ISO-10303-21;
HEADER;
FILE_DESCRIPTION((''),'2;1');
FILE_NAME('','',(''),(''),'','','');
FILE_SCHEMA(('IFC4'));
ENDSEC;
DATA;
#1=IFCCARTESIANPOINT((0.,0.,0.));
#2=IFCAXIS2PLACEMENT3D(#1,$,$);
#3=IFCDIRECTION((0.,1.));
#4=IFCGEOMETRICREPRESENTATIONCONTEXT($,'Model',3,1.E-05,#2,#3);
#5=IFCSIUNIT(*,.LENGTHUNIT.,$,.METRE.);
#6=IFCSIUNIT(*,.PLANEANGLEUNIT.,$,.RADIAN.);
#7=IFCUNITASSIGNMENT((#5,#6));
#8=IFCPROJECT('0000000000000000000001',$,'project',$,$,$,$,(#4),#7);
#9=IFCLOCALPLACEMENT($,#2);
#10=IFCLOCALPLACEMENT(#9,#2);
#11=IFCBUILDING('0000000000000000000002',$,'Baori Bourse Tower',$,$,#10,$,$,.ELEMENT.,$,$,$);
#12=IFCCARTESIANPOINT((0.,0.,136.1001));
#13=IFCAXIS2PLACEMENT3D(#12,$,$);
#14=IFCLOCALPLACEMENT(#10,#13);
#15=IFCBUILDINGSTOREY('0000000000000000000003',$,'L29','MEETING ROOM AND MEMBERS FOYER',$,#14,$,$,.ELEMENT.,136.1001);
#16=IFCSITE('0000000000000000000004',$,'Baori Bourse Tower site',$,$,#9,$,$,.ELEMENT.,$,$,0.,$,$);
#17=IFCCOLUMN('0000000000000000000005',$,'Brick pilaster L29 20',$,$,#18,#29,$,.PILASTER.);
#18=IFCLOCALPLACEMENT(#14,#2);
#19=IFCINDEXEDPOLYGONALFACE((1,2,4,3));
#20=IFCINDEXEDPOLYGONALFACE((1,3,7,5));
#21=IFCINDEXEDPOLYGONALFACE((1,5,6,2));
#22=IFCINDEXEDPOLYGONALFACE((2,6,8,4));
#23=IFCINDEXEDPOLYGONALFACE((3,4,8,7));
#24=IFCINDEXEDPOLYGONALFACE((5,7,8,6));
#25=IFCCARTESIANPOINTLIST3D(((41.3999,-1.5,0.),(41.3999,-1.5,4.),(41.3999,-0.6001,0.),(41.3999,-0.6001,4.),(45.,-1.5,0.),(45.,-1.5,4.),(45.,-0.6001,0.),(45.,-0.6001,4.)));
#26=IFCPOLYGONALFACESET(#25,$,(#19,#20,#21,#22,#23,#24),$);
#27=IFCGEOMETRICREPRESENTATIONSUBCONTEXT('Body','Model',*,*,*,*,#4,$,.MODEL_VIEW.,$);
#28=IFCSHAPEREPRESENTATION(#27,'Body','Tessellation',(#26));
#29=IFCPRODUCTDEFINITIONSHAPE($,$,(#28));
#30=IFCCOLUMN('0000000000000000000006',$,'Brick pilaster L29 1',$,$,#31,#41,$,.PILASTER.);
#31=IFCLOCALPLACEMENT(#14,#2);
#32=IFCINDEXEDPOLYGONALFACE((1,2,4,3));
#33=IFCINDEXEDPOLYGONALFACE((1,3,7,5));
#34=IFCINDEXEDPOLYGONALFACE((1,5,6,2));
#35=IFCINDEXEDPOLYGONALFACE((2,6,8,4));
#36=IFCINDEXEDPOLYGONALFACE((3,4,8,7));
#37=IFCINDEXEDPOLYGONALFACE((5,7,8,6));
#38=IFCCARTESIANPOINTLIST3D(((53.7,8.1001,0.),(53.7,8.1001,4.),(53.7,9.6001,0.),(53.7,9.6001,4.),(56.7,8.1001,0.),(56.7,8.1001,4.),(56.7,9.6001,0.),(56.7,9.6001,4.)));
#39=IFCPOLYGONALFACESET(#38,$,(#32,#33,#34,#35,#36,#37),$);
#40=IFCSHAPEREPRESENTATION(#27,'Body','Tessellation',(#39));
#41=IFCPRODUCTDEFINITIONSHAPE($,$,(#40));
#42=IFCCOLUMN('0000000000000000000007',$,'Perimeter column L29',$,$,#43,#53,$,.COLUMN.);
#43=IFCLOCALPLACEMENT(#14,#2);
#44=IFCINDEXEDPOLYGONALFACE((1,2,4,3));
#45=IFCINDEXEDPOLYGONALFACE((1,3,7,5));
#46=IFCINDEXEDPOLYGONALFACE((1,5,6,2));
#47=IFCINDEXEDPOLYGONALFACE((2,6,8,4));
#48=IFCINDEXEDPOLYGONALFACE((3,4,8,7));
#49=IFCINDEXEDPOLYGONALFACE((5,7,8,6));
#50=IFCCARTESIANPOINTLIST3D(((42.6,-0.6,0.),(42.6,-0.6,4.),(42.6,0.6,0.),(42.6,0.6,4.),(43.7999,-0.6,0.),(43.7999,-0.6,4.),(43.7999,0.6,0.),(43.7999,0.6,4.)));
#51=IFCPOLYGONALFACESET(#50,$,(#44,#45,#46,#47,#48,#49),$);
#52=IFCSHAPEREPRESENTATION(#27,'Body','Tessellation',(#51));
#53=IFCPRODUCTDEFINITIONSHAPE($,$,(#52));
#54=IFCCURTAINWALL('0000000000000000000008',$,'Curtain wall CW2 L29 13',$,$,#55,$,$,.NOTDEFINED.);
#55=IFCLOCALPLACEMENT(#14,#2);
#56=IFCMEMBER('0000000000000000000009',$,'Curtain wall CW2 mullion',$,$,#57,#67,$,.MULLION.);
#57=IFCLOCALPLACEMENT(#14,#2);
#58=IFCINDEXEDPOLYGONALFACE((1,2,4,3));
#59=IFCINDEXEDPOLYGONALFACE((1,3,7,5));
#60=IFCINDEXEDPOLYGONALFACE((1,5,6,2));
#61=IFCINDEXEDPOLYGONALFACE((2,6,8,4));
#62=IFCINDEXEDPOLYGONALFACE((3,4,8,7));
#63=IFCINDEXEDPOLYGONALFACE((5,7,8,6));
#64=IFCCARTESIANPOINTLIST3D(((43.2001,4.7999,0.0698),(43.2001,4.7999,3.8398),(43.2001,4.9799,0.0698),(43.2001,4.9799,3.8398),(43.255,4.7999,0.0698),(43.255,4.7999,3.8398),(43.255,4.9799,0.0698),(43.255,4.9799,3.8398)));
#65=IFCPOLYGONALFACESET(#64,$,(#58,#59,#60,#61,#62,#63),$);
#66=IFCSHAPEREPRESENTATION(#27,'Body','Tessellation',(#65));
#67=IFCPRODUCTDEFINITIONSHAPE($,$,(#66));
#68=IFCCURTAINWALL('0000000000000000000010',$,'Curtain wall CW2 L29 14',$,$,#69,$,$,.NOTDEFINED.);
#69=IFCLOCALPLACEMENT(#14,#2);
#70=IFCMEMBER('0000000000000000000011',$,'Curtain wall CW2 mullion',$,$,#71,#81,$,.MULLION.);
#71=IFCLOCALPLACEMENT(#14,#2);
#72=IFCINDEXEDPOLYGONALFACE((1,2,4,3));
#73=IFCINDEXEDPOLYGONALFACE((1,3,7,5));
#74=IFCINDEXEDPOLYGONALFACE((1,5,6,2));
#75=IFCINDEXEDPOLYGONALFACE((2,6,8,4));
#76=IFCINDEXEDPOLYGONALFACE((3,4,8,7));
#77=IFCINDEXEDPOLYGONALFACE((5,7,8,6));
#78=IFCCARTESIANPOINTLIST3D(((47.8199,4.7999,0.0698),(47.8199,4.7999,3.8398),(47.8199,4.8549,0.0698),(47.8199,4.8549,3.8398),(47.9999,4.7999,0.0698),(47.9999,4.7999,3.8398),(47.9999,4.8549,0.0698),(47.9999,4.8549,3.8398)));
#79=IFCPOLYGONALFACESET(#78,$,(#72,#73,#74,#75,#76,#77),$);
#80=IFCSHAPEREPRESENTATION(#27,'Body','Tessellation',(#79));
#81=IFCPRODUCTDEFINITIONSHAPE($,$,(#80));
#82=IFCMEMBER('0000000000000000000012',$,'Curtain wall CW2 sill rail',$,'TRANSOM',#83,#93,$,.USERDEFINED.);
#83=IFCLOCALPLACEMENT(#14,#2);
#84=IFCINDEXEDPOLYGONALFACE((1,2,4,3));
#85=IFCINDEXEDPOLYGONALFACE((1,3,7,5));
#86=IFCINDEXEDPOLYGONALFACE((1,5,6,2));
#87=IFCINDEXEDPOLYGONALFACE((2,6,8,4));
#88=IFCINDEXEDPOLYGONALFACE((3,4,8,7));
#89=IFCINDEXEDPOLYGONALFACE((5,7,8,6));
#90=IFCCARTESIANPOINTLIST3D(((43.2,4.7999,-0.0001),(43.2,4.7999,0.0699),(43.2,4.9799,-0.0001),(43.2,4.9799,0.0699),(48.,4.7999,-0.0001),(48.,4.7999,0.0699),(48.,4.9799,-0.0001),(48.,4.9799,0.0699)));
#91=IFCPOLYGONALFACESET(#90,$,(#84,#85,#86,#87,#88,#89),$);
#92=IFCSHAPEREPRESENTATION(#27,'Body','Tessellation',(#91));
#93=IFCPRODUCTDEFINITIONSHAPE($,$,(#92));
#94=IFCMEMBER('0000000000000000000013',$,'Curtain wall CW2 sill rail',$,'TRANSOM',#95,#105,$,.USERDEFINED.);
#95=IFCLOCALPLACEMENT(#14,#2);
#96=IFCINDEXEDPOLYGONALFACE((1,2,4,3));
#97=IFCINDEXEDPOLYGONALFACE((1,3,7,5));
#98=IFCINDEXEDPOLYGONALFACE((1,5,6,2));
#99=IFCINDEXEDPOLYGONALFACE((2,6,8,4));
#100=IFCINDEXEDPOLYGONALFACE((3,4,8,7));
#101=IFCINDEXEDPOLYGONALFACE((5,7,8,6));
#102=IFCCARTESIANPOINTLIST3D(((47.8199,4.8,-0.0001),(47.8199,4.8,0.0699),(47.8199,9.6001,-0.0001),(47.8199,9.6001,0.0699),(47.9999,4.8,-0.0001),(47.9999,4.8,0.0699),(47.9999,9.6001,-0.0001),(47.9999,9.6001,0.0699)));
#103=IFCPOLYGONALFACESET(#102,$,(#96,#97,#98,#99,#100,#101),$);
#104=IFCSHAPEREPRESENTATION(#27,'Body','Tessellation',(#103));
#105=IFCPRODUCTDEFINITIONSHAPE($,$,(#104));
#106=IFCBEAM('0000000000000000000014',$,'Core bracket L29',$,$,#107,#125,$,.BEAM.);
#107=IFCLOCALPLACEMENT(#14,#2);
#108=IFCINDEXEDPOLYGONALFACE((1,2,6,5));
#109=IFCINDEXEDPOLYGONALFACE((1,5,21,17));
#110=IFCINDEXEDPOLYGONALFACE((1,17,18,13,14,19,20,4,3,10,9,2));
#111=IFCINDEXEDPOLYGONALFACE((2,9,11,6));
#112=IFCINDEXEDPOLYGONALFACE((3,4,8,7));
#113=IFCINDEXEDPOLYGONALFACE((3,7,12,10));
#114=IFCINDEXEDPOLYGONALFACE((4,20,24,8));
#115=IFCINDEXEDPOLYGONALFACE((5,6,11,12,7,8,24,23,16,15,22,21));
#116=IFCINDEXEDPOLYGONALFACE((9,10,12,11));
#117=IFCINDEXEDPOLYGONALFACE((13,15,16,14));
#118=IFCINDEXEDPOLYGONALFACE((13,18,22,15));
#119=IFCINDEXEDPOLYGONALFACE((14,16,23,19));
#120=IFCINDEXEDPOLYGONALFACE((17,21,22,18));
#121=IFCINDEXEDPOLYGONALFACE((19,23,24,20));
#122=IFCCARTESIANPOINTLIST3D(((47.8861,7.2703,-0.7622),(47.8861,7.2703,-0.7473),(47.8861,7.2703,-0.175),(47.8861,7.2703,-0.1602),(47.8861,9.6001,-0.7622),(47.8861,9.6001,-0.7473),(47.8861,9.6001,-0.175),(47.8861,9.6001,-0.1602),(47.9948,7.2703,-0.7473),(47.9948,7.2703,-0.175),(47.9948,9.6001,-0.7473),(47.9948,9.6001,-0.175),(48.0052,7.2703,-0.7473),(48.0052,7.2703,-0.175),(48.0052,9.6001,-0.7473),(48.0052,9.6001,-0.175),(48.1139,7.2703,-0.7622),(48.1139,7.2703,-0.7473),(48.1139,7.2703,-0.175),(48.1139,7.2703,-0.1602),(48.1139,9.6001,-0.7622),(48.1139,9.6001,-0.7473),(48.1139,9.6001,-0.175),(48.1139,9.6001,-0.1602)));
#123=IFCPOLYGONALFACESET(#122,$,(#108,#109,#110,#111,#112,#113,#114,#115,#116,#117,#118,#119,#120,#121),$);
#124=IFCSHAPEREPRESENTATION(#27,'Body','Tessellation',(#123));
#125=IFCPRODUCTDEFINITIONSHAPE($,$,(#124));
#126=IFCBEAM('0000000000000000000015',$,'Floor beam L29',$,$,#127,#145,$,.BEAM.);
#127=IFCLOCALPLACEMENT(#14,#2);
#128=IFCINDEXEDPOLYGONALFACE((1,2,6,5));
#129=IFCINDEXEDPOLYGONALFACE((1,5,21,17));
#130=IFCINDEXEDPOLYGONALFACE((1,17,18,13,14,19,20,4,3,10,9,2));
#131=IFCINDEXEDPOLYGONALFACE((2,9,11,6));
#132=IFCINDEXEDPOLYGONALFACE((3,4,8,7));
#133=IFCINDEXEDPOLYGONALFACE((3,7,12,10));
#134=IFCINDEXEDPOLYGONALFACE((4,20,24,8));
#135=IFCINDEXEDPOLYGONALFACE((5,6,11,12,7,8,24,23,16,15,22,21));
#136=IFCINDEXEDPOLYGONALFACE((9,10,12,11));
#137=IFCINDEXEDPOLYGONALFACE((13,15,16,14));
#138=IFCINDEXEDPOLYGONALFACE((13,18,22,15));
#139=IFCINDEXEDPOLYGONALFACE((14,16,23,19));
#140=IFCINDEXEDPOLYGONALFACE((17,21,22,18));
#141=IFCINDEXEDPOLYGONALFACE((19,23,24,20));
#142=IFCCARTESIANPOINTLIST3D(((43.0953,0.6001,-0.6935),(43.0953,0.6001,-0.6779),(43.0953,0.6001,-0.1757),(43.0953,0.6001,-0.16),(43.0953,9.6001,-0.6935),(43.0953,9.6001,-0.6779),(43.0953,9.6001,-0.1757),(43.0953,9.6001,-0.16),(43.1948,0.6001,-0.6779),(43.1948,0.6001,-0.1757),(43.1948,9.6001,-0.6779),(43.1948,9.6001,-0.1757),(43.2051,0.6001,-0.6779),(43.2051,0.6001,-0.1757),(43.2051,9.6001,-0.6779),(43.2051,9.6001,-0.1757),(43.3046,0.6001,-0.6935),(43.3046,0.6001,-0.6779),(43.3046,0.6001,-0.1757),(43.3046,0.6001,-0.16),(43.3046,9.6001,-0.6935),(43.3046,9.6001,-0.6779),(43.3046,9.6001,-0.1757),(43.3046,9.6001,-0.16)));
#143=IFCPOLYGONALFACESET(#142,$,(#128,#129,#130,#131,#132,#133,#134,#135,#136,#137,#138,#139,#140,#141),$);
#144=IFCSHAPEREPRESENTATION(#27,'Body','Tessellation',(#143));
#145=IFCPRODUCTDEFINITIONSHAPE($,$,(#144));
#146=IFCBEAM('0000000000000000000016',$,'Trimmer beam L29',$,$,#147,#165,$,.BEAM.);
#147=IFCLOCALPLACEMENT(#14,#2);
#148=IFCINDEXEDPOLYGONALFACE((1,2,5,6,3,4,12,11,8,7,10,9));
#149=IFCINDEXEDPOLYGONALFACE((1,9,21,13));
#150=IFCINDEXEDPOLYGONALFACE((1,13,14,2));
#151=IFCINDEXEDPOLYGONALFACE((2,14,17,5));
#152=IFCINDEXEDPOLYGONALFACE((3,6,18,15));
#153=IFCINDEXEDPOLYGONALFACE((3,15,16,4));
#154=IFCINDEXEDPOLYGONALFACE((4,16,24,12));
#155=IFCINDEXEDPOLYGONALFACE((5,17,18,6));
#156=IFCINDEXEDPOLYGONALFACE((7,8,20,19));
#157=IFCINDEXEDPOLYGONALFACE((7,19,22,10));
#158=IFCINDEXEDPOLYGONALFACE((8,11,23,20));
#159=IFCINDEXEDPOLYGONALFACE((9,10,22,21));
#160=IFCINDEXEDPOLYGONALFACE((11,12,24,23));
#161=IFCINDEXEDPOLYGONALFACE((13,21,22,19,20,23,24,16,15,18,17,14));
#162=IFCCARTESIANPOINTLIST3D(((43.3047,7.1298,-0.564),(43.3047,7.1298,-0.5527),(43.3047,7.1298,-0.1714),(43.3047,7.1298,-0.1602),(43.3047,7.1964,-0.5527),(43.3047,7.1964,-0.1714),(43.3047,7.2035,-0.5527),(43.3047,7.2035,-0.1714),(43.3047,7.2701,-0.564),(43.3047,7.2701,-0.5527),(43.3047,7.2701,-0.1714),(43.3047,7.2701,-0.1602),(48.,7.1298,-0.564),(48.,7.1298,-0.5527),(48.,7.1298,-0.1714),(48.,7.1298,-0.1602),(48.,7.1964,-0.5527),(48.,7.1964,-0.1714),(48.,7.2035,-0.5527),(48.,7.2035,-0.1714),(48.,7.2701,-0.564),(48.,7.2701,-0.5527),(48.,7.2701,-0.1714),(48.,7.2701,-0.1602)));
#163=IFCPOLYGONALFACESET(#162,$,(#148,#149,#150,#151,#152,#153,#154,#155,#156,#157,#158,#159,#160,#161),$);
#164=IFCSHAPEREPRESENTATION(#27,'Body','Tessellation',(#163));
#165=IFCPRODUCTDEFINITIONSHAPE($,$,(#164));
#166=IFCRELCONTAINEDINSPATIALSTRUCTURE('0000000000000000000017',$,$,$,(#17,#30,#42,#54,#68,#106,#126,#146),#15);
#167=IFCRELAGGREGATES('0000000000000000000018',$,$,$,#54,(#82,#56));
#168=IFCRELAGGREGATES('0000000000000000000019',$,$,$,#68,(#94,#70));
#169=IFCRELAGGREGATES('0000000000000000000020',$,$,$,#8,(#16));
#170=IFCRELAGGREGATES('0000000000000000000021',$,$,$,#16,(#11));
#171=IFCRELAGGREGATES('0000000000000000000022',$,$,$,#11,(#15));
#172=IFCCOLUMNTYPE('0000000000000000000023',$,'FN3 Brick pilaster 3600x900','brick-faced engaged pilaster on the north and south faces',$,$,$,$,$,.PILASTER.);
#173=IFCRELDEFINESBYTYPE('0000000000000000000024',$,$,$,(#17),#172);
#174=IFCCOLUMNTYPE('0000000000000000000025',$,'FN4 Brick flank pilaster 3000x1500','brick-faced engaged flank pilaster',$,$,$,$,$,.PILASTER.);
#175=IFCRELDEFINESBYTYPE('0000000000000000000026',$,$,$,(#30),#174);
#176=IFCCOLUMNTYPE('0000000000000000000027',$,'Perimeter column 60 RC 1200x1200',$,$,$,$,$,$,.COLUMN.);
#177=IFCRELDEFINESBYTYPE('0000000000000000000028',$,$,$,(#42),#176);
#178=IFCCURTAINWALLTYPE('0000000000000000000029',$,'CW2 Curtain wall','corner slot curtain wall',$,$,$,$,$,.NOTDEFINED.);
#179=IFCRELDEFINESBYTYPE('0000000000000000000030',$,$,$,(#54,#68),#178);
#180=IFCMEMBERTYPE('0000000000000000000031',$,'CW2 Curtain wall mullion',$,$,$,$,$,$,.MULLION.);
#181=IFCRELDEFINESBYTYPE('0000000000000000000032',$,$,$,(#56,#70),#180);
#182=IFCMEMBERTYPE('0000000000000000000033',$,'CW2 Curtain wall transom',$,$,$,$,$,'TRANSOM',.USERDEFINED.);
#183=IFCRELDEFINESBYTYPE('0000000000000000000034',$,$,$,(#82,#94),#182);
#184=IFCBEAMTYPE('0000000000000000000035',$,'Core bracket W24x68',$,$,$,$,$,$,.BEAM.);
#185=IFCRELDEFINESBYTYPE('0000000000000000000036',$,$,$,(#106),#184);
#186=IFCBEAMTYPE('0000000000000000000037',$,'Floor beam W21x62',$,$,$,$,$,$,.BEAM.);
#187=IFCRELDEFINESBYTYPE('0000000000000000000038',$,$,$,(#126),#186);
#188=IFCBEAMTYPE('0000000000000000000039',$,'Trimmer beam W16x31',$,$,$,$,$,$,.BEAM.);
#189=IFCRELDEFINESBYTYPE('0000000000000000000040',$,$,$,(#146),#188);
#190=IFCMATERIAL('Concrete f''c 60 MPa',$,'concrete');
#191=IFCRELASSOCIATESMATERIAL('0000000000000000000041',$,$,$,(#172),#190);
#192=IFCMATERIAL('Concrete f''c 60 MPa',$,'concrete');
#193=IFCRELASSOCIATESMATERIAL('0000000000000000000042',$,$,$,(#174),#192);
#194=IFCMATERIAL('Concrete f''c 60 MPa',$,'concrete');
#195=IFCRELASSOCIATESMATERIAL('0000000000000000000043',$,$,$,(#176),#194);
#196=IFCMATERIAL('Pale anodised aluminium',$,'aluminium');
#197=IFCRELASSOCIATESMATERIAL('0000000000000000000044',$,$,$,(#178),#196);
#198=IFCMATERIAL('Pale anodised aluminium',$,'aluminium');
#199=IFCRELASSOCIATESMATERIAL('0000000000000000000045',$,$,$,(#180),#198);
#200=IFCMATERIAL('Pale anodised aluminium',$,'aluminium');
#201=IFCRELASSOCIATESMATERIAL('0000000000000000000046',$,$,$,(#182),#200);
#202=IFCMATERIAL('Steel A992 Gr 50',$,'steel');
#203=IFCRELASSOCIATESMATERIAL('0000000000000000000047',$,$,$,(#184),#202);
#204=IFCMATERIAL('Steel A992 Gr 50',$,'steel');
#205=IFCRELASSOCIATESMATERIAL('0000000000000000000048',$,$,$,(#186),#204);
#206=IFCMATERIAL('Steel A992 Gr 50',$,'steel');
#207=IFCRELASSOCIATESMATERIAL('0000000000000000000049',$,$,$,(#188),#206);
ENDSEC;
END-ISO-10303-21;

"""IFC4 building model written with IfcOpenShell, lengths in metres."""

from ifc_helpers import new_model, si_unit, direction, frame, origin, origin_2d, place, context, subcontext, project, spatial, rectangle, i_section, extrude, material, material_profile, profile_set, type_object, element, aggregate, save


model = new_model("IFC4")

# Units and contexts
model_context = context("Model", 3, precision=1e-05, world=origin(), true_north=direction((0.0, 1.0)))
body_context = subcontext(model_context, "Body", "Model", "MODEL_VIEW")
ifc_project = project(units=[si_unit("LENGTHUNIT", "METRE"), si_unit("PLANEANGLEUNIT", "RADIAN")], contexts=[model_context])

# Site, building, storey
site_placement = place(None, origin())
site = spatial("IfcSite", under=ifc_project, at=site_placement, Name="Baori Bourse Tower site", CompositionType="ELEMENT", RefElevation=0.0)
building_placement = place(site_placement, origin())
building = spatial("IfcBuilding", under=site, at=building_placement, Name="Baori Bourse Tower", CompositionType="ELEMENT")
storey_placement = place(building_placement, frame((0.0, 0.0, 136.1001)))
storey = spatial("IfcBuildingStorey", under=building, at=storey_placement, Name="L29", Description="MEETING ROOM AND MEMBERS FOYER", CompositionType="ELEMENT", Elevation=136.1001)

# Columns
ifc_material_1 = material(Name="Concrete f'c 60 MPa", Category="concrete")
ifc_material_profile_1 = material_profile(ifc_material_1, rectangle(XDim=3.6001, YDim=0.8999, at=origin_2d()), Name="RC 3600x900")
ifc_profile_set_1 = profile_set([ifc_material_profile_1], Name="Concrete f'c 60 MPa")
column_type_1 = type_object("IfcColumnType", Name="FN3 Brick pilaster 3600x900", Description="brick-faced engaged pilaster on the north and south faces", PredefinedType="PILASTER", material=ifc_profile_set_1)
column_1_placement = place(storey_placement, frame((43.2, -1.05, 0.0), z_axis=(0.0, 0.0, 1.0), x_axis=(1.0, 0.0, 0.0)))
element("IfcColumn", 1, at=column_1_placement, inside=storey, type_object=column_type_1, Name="Brick pilaster L29 20", PredefinedType="PILASTER", context=body_context, shape_type="SweptSolid", body=[
    extrude(rectangle(XDim=3.6001, YDim=0.8999, at=origin_2d()), origin(), (0.0, 0.0, 1.0), 4.0),
])
ifc_material_2 = material(Name="Concrete f'c 60 MPa", Category="concrete")
ifc_material_profile_2 = material_profile(ifc_material_2, rectangle(XDim=3.0, YDim=1.5, at=origin_2d()), Name="RC 3000x1500")
ifc_profile_set_2 = profile_set([ifc_material_profile_2], Name="Concrete f'c 60 MPa")
column_type_2 = type_object("IfcColumnType", Name="FN4 Brick flank pilaster 3000x1500", Description="brick-faced engaged flank pilaster", PredefinedType="PILASTER", material=ifc_profile_set_2)
column_2_placement = place(storey_placement, frame((55.2, 8.8501, 0.0), z_axis=(0.0, 0.0, 1.0), x_axis=(1.0, 0.0, 0.0)))
element("IfcColumn", 2, at=column_2_placement, inside=storey, type_object=column_type_2, Name="Brick pilaster L29 1", PredefinedType="PILASTER", context=body_context, shape_type="SweptSolid", body=[
    extrude(rectangle(XDim=3.0, YDim=1.5, at=origin_2d()), origin(), (0.0, 0.0, 1.0), 4.0),
])
ifc_material_3 = material(Name="Concrete f'c 60 MPa", Category="concrete")
ifc_material_profile_3 = material_profile(ifc_material_3, rectangle(XDim=1.2, YDim=1.2, at=origin_2d()), Name="RC 1200x1200")
ifc_profile_set_3 = profile_set([ifc_material_profile_3], Name="Concrete f'c 60 MPa")
column_type_3 = type_object("IfcColumnType", Name="Perimeter column 60 RC 1200x1200", PredefinedType="COLUMN", material=ifc_profile_set_3)
column_3_placement = place(storey_placement, frame((43.2, 0.0, 0.0), z_axis=(0.0, 0.0, 1.0), x_axis=(1.0, 0.0, 0.0)))
element("IfcColumn", 3, at=column_3_placement, inside=storey, type_object=column_type_3, Name="Perimeter column L29", PredefinedType="COLUMN", context=body_context, shape_type="SweptSolid", body=[
    extrude(rectangle(XDim=1.2, YDim=1.2, at=origin_2d()), origin(), (0.0, 0.0, 1.0), 4.0),
])

# Curtain walls, members
ifc_material_4 = material(Name="Pale anodised aluminium", Category="aluminium")
curtain_wall_type = type_object("IfcCurtainWallType", Name="CW2 Curtain wall", Description="corner slot curtain wall", PredefinedType="NOTDEFINED", material=ifc_material_4)
curtain_wall_1_placement = place(storey_placement, origin())
curtain_wall_1 = element("IfcCurtainWall", 4, at=curtain_wall_1_placement, inside=storey, type_object=curtain_wall_type, Name="Curtain wall CW2 L29 13", PredefinedType="NOTDEFINED")
ifc_material_5 = material(Name="Pale anodised aluminium", Category="aluminium")
ifc_material_profile_4 = material_profile(ifc_material_5, rectangle(XDim=0.1799, YDim=0.0549, at=origin_2d()), Name="Mullion 55x180")
ifc_profile_set_4 = profile_set([ifc_material_profile_4], Name="Pale anodised aluminium")
member_type_1 = type_object("IfcMemberType", Name="CW2 Curtain wall mullion", PredefinedType="MULLION", material=ifc_profile_set_4)
member_1_placement = place(storey_placement, frame((43.2275, 4.8899, 0.0698), z_axis=(0.0, 0.0, 1.0), x_axis=(0.0, 1.0, 0.0)))
member_1 = element("IfcMember", 5, at=member_1_placement, type_object=member_type_1, Name="Curtain wall CW2 mullion", PredefinedType="MULLION", context=body_context, shape_type="SweptSolid", body=[
    extrude(rectangle(XDim=0.1799, YDim=0.0549, at=origin_2d()), origin(), (0.0, 0.0, 1.0), 3.77),
])
curtain_wall_2_placement = place(storey_placement, origin())
curtain_wall_2 = element("IfcCurtainWall", 6, at=curtain_wall_2_placement, inside=storey, type_object=curtain_wall_type, Name="Curtain wall CW2 L29 14", PredefinedType="NOTDEFINED")
member_2_placement = place(storey_placement, frame((47.9099, 4.8274, 0.0698), z_axis=(0.0, 0.0, 1.0), x_axis=(-1.0, 0.0, 0.0)))
member_2 = element("IfcMember", 7, at=member_2_placement, type_object=member_type_1, Name="Curtain wall CW2 mullion", PredefinedType="MULLION", context=body_context, shape_type="SweptSolid", body=[
    extrude(rectangle(XDim=0.1799, YDim=0.0549, at=origin_2d()), origin(), (0.0, 0.0, 1.0), 3.77),
])

# Members
ifc_material_6 = material(Name="Pale anodised aluminium", Category="aluminium")
ifc_material_profile_5 = material_profile(ifc_material_6, rectangle(XDim=0.1799, YDim=0.0701, at=origin_2d()), Name="Transom 70x180")
ifc_profile_set_5 = profile_set([ifc_material_profile_5], Name="Pale anodised aluminium")
member_type_2 = type_object("IfcMemberType", Name="CW2 Curtain wall transom", ElementType="TRANSOM", PredefinedType="USERDEFINED", material=ifc_profile_set_5)
member_3_placement = place(storey_placement, frame((43.2, 4.8899, 0.0349), z_axis=(1.0, 0.0, 0.0), x_axis=(0.0, 1.0, 0.0)))
member_3 = element("IfcMember", 8, at=member_3_placement, type_object=member_type_2, Name="Curtain wall CW2 sill rail", ObjectType="TRANSOM", PredefinedType="USERDEFINED", context=body_context, shape_type="SweptSolid", body=[
    extrude(rectangle(XDim=0.1799, YDim=0.0701, at=origin_2d()), origin(), (0.0, 0.0, 1.0), 4.8),
])
member_4_placement = place(storey_placement, frame((47.9099, 4.8, 0.0349), z_axis=(0.0, 1.0, 0.0), x_axis=(-1.0, 0.0, 0.0)))
member_4 = element("IfcMember", 9, at=member_4_placement, type_object=member_type_2, Name="Curtain wall CW2 sill rail", ObjectType="TRANSOM", PredefinedType="USERDEFINED", context=body_context, shape_type="SweptSolid", body=[
    extrude(rectangle(XDim=0.1799, YDim=0.0701, at=origin_2d()), origin(), (0.0, 0.0, 1.0), 4.8),
])

# Beams
ifc_material_7 = material(Name="Steel A992 Gr 50", Category="steel")
ifc_material_profile_6 = material_profile(ifc_material_7, i_section(OverallWidth=0.2278, OverallDepth=0.6021, WebThickness=0.0105, FlangeThickness=0.0149, at=origin_2d()), Name="W24x68")
ifc_profile_set_6 = profile_set([ifc_material_profile_6], Name="Steel A992 Gr 50")
beam_type_1 = type_object("IfcBeamType", Name="Core bracket W24x68", PredefinedType="BEAM", material=ifc_profile_set_6)
beam_1_placement = place(storey_placement, frame((48.0, 7.2703, -0.4612), z_axis=(0.0, 1.0, 0.0), x_axis=(-1.0, 0.0, 0.0)))
element("IfcBeam", 10, at=beam_1_placement, inside=storey, type_object=beam_type_1, Name="Core bracket L29", PredefinedType="BEAM", context=body_context, shape_type="SweptSolid", body=[
    extrude(i_section(OverallWidth=0.2278, OverallDepth=0.6021, WebThickness=0.0105, FlangeThickness=0.0149, at=origin_2d()), origin(), (0.0, 0.0, 1.0), 2.3298),
])
ifc_material_8 = material(Name="Steel A992 Gr 50", Category="steel")
ifc_material_profile_7 = material_profile(ifc_material_8, i_section(OverallWidth=0.2092, OverallDepth=0.5334, WebThickness=0.0103, FlangeThickness=0.0156, at=origin_2d()), Name="W21x62")
ifc_profile_set_7 = profile_set([ifc_material_profile_7], Name="Steel A992 Gr 50")
beam_type_2 = type_object("IfcBeamType", Name="Floor beam W21x62", PredefinedType="BEAM", material=ifc_profile_set_7)
beam_2_placement = place(storey_placement, frame((43.2, 0.6001, -0.4268), z_axis=(0.0, 1.0, 0.0), x_axis=(-1.0, 0.0, 0.0)))
element("IfcBeam", 11, at=beam_2_placement, inside=storey, type_object=beam_type_2, Name="Floor beam L29", PredefinedType="BEAM", context=body_context, shape_type="SweptSolid", body=[
    extrude(i_section(OverallWidth=0.2092, OverallDepth=0.5334, WebThickness=0.0103, FlangeThickness=0.0156, at=origin_2d()), origin(), (0.0, 0.0, 1.0), 9.0),
])
ifc_material_9 = material(Name="Steel A992 Gr 50", Category="steel")
ifc_material_profile_8 = material_profile(ifc_material_9, i_section(OverallWidth=0.1404, OverallDepth=0.4038, WebThickness=0.0071, FlangeThickness=0.0112, at=origin_2d()), Name="W16x31")
ifc_profile_set_8 = profile_set([ifc_material_profile_8], Name="Steel A992 Gr 50")
beam_type_3 = type_object("IfcBeamType", Name="Trimmer beam W16x31", PredefinedType="BEAM", material=ifc_profile_set_8)
beam_3_placement = place(storey_placement, frame((43.3047, 7.2, -0.3621), z_axis=(1.0, 0.0, 0.0), x_axis=(0.0, 1.0, 0.0)))
element("IfcBeam", 12, at=beam_3_placement, inside=storey, type_object=beam_type_3, Name="Trimmer beam L29", PredefinedType="BEAM", context=body_context, shape_type="SweptSolid", body=[
    extrude(i_section(OverallWidth=0.1404, OverallDepth=0.4038, WebThickness=0.0071, FlangeThickness=0.0112, at=origin_2d()), origin(), (0.0, 0.0, 1.0), 4.6953),
])

aggregate(curtain_wall_1, [member_3, member_1])
aggregate(curtain_wall_2, [member_4, member_2])

save(model, "model.ifc")
